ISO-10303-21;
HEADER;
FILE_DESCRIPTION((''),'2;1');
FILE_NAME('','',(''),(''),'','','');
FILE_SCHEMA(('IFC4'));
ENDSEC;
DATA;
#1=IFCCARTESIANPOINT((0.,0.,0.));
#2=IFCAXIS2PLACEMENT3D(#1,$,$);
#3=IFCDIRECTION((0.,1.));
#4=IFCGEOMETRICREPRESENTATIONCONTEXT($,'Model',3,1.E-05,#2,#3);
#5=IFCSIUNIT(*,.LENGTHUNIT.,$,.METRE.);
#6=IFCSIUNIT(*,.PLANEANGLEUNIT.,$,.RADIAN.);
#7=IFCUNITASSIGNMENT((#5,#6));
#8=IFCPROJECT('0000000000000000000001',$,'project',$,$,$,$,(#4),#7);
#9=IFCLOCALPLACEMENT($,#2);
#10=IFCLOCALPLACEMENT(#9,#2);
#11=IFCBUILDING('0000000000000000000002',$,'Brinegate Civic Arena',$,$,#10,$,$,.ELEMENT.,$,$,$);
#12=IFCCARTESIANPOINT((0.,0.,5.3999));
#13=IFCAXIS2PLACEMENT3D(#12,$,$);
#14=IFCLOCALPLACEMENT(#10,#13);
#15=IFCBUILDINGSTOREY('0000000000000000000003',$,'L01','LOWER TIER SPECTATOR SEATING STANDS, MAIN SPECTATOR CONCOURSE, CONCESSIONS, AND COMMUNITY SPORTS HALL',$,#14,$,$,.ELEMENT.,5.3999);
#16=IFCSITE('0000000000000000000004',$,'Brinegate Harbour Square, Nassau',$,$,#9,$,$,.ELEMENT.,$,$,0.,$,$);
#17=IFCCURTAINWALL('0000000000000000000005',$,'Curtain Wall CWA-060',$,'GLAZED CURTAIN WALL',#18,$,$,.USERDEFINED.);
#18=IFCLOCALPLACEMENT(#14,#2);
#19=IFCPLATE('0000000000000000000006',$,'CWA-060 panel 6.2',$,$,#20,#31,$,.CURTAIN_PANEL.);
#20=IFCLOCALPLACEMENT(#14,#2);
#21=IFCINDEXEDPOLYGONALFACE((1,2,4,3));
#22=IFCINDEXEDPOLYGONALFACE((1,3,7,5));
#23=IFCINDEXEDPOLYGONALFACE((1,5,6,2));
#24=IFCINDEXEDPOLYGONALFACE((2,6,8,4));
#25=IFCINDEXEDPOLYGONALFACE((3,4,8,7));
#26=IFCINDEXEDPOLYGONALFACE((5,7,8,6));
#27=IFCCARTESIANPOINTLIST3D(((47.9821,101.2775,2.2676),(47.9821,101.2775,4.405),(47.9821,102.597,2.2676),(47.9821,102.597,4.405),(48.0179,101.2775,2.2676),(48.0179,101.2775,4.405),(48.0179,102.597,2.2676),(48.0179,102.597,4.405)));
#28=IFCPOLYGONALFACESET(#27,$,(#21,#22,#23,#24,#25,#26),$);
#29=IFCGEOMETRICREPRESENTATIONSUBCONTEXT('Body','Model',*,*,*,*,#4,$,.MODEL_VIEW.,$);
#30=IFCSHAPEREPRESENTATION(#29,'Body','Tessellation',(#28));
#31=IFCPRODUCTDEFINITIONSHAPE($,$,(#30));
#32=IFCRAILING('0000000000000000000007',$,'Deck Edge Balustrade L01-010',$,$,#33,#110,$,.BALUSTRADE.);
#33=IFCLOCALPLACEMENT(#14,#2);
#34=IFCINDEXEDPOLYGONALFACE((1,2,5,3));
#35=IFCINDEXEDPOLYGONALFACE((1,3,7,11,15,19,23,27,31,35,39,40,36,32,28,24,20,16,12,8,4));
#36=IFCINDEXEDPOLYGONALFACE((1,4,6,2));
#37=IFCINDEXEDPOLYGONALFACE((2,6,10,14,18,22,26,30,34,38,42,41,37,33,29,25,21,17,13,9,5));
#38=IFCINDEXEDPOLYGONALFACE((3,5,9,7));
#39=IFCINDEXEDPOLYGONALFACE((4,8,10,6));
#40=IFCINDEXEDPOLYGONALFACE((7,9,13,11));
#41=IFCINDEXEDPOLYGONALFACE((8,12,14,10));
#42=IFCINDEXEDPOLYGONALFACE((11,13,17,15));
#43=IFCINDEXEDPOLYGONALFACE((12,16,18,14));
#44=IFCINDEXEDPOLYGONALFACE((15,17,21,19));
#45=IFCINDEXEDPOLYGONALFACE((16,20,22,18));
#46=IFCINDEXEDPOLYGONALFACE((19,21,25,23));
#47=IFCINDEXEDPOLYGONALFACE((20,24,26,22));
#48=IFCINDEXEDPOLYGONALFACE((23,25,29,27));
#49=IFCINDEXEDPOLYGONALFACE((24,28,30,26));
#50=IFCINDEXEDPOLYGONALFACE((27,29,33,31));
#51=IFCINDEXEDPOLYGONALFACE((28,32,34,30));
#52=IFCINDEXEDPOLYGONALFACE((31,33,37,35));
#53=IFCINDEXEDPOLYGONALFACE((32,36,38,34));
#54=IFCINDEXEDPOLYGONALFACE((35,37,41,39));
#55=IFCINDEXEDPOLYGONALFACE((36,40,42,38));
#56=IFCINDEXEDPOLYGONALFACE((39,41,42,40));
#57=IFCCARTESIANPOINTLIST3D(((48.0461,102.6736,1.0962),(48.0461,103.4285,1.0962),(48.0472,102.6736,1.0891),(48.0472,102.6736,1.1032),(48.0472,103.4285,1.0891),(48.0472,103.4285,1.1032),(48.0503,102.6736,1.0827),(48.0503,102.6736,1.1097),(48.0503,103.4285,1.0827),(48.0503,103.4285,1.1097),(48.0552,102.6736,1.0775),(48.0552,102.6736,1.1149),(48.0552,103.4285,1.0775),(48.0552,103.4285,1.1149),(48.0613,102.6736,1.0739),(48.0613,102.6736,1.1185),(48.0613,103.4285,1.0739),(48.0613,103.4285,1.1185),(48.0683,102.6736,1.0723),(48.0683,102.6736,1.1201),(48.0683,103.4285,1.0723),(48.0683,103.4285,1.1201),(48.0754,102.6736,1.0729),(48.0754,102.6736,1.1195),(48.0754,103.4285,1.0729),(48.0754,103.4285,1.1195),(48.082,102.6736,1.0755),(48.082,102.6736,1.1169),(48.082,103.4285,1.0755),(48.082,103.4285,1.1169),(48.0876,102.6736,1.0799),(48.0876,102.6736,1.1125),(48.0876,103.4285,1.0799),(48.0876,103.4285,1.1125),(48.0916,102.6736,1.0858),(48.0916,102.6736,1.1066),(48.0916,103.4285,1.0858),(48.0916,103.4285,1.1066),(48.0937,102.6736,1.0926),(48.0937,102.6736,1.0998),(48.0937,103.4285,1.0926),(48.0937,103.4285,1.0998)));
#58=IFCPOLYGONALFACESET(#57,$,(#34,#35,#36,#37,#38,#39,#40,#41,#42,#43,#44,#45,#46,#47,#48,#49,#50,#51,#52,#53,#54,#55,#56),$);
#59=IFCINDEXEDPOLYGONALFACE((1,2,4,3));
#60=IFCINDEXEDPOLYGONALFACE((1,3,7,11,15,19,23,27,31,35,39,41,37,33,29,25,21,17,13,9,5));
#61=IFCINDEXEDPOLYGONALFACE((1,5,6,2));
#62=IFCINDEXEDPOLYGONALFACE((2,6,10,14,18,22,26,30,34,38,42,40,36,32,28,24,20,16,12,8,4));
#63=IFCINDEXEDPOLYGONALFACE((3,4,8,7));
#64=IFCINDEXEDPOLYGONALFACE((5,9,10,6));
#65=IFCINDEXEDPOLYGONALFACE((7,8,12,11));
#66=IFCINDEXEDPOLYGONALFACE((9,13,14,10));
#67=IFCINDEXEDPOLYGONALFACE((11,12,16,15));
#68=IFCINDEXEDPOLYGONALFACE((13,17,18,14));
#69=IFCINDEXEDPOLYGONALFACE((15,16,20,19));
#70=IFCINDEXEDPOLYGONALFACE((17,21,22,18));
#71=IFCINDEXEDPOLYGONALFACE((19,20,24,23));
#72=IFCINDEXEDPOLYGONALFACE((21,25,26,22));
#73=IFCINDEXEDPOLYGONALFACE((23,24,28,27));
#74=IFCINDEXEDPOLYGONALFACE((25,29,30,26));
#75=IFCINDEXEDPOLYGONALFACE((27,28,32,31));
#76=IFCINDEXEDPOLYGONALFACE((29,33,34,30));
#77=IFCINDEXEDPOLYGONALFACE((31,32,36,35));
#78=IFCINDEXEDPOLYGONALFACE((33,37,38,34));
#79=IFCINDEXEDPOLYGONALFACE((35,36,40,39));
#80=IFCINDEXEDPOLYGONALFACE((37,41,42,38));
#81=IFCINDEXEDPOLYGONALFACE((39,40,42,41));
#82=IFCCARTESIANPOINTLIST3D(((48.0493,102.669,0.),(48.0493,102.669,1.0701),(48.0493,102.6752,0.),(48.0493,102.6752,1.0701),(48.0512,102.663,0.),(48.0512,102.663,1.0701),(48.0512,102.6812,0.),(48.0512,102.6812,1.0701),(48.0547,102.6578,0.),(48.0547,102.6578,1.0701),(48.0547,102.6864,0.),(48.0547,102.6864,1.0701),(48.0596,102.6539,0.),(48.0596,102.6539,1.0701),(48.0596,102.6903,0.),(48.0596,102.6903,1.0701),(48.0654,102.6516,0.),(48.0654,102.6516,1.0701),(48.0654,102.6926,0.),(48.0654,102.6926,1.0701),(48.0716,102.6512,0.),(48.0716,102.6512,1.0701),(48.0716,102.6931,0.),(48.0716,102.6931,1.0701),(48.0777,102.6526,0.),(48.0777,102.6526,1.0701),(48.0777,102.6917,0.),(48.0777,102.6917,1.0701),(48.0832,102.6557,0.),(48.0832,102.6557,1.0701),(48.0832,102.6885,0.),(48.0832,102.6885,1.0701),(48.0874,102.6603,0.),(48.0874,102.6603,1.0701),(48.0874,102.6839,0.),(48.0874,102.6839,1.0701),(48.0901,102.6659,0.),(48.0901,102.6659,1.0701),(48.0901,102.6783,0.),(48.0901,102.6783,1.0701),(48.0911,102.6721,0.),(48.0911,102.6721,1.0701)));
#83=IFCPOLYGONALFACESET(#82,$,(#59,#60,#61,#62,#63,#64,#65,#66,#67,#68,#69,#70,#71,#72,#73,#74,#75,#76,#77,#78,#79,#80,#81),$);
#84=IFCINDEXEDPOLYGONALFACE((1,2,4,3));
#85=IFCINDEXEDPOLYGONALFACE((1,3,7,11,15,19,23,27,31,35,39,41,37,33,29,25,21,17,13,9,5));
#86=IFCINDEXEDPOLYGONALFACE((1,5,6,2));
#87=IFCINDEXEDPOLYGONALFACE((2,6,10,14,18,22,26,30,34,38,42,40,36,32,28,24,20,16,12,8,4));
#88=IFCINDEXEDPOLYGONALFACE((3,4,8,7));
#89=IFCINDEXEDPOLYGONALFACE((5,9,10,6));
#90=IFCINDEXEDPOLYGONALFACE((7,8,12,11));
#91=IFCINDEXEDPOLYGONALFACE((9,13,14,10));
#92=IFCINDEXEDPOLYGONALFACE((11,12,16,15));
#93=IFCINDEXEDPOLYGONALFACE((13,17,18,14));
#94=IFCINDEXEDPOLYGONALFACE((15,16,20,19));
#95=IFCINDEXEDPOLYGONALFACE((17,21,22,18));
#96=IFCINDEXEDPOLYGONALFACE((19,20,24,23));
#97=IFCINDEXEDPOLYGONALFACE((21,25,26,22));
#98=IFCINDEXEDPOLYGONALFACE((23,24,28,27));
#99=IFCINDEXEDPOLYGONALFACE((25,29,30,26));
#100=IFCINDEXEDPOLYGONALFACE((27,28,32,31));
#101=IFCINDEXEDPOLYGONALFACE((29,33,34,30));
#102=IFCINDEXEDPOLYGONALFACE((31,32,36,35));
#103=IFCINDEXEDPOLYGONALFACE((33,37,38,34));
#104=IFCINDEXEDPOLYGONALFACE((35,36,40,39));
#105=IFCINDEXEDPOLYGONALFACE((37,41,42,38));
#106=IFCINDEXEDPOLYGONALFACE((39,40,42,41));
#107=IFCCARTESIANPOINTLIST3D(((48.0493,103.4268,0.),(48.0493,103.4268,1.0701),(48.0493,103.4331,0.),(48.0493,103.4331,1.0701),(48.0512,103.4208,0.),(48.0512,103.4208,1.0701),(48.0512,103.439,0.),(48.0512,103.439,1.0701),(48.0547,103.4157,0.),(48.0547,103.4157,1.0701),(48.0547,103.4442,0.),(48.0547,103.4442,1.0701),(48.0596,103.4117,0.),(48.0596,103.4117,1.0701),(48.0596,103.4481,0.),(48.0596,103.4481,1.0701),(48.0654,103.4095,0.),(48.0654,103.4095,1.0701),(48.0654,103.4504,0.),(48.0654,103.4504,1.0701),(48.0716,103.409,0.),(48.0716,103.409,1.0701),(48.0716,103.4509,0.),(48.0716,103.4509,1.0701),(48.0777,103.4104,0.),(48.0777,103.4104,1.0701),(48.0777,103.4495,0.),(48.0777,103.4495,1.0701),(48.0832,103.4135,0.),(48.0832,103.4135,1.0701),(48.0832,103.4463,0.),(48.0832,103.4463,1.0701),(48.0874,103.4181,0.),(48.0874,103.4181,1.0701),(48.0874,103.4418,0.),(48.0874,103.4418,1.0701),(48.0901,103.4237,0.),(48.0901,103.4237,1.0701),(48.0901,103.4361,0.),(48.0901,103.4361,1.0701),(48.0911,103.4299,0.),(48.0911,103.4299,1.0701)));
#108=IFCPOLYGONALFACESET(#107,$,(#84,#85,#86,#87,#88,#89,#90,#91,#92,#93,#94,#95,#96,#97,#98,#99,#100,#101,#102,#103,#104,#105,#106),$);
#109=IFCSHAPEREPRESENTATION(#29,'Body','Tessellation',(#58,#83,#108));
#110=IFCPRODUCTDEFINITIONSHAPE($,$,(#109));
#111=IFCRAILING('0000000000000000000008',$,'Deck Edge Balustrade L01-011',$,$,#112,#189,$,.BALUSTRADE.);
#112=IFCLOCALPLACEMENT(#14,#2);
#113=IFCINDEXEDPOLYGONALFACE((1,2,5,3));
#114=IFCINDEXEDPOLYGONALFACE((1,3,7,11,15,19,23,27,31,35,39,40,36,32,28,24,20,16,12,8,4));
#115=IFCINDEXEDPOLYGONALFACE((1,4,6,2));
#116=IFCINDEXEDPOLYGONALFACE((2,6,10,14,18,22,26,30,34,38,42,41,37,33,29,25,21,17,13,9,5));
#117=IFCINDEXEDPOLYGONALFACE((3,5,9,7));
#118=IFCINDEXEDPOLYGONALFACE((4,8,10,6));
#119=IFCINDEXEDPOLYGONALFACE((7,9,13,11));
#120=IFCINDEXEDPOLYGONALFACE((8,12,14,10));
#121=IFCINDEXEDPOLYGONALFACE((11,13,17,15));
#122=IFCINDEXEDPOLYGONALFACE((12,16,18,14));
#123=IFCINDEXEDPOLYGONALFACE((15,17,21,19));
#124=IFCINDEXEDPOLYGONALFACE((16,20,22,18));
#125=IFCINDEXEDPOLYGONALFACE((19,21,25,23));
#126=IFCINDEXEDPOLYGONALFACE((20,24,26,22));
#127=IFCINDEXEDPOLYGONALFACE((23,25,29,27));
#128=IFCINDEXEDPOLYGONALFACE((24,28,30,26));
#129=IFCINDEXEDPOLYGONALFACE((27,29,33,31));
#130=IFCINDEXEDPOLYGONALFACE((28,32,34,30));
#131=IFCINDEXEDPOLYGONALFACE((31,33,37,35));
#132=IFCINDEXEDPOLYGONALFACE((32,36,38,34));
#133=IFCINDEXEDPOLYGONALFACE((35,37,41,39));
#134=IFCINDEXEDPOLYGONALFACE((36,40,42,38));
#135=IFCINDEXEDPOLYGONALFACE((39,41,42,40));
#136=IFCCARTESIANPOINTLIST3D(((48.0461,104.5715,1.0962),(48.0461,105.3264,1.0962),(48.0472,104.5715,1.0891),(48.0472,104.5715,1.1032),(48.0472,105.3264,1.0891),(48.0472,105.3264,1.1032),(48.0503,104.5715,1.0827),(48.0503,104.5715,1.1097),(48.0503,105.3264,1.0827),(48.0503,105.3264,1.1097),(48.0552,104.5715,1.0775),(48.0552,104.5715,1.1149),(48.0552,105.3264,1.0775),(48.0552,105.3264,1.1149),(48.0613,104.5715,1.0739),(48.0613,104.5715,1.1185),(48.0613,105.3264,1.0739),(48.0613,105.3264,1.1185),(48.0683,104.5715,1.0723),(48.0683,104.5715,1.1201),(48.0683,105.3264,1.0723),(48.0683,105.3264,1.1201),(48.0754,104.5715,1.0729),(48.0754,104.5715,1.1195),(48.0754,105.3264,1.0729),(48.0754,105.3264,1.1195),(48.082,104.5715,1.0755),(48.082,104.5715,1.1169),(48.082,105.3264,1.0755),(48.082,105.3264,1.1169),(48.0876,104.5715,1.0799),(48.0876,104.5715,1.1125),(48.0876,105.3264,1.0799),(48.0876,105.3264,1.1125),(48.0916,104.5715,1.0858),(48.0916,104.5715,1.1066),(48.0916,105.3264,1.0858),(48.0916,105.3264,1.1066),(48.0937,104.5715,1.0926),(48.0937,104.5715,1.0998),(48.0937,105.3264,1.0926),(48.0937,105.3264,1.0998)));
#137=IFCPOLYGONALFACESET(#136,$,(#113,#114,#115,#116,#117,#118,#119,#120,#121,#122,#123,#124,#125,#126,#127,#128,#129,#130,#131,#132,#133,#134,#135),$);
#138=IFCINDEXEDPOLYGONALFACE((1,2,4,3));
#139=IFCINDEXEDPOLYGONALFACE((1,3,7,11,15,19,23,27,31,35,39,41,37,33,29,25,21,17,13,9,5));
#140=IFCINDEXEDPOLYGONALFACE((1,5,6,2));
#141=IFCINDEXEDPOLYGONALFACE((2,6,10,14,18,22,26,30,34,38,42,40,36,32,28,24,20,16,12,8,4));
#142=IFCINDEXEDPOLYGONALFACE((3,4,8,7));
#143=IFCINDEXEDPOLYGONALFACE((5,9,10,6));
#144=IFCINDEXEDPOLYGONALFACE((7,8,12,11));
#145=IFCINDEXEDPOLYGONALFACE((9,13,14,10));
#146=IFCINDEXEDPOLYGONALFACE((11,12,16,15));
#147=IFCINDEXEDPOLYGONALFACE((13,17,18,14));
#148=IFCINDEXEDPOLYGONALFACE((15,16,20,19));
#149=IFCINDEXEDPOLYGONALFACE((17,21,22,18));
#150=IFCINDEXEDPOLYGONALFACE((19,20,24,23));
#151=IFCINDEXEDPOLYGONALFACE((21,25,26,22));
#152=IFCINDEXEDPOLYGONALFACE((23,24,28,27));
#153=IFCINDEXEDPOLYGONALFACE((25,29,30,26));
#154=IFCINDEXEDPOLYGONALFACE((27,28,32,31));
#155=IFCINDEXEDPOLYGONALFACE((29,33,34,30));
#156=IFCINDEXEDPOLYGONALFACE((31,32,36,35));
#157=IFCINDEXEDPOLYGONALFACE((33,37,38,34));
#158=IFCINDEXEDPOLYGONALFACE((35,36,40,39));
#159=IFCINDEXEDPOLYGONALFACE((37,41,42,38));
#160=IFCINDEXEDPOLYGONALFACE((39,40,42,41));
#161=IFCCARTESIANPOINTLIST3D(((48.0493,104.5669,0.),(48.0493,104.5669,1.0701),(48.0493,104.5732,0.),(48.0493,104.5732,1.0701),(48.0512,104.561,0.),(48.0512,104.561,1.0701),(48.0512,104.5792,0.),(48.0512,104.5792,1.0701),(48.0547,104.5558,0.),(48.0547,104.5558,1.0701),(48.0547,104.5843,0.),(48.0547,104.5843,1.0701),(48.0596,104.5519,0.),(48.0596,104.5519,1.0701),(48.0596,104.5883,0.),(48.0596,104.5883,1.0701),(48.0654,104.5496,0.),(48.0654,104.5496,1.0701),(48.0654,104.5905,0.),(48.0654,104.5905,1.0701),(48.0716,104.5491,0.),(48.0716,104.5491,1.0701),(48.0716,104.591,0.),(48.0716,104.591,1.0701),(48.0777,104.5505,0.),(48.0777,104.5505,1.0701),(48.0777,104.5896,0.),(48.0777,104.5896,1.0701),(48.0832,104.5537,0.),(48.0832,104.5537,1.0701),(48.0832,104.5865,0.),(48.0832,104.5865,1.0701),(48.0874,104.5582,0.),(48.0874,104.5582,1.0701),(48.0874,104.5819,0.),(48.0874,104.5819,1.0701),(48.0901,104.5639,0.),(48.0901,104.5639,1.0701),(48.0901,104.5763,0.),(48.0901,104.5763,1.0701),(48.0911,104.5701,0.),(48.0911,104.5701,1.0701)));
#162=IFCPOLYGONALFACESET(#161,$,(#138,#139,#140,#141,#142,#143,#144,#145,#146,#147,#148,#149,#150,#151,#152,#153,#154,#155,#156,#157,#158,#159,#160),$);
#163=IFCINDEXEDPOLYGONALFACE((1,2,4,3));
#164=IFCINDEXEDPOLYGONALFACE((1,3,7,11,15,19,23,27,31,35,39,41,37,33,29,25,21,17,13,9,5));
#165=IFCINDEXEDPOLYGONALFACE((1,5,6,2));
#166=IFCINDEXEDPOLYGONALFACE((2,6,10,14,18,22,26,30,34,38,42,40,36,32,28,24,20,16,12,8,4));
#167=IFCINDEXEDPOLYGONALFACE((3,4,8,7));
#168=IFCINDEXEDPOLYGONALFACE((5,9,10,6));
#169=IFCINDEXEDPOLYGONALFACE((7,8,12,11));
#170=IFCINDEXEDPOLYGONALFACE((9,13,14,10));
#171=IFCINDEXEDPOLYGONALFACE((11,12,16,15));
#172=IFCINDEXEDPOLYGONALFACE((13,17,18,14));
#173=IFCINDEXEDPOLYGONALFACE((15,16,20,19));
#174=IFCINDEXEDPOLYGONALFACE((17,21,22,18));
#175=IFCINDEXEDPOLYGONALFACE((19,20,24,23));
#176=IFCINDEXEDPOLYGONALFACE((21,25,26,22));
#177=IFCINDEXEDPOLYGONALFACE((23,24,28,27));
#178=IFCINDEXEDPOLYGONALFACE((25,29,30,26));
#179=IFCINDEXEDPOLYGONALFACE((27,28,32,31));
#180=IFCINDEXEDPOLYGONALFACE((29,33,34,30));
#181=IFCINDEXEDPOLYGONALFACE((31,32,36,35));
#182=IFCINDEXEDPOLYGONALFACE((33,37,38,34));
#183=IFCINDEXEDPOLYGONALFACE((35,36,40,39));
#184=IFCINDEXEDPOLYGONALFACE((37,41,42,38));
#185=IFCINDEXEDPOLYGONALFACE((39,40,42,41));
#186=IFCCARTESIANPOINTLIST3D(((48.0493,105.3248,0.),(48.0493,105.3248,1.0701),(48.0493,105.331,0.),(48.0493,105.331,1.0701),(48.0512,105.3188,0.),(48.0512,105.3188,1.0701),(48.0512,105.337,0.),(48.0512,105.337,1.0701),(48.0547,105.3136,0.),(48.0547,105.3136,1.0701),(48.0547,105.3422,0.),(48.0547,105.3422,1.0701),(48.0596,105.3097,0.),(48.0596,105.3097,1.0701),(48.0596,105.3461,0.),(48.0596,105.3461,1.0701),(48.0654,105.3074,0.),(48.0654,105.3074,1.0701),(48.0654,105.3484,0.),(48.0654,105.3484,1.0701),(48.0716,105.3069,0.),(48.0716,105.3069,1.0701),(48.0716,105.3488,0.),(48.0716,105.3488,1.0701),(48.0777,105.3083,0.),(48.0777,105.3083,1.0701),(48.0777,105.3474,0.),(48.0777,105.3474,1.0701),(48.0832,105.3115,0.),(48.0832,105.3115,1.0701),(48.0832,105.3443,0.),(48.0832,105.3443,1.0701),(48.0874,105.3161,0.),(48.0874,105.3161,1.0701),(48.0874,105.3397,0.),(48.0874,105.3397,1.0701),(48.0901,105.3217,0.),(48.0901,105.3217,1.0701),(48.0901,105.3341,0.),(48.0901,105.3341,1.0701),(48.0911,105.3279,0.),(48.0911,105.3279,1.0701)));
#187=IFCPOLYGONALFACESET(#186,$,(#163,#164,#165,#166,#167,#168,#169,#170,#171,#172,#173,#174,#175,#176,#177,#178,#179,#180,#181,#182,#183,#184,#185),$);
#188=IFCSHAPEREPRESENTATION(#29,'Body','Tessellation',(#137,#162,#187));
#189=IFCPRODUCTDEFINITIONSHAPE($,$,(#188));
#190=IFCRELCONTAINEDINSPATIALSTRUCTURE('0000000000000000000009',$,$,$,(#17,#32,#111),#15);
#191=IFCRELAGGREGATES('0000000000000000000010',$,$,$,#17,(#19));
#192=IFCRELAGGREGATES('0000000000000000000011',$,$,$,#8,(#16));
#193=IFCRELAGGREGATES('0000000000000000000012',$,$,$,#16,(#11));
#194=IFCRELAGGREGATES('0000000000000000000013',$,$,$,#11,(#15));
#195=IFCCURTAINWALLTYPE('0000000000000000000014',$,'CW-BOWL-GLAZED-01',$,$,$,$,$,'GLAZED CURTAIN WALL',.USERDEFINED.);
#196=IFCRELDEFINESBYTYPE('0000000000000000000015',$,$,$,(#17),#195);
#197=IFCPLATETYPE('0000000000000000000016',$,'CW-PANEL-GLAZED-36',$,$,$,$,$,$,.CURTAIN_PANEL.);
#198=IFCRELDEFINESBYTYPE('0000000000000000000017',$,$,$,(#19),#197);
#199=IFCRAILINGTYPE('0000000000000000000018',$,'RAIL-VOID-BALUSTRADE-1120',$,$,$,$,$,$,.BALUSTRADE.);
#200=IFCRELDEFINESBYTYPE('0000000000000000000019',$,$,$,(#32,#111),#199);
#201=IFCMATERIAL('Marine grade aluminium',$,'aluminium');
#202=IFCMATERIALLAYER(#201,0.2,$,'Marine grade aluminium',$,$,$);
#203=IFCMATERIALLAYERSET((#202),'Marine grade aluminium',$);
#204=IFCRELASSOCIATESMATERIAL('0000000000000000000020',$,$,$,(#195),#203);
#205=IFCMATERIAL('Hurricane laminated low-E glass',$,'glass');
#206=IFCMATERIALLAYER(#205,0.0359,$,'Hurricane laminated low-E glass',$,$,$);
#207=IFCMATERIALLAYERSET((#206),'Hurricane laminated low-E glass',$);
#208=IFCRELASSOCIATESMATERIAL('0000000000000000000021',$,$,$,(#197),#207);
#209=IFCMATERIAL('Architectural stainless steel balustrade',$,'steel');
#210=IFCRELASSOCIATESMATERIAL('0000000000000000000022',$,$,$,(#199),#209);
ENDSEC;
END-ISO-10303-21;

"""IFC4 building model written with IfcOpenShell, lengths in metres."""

from ifc_helpers import new_model, si_unit, direction, frame, origin, origin_2d, place, context, subcontext, project, spatial, rectangle, circle, extrude, material, layer, layer_set, type_object, element, aggregate, save


model = new_model("IFC4")

# Units and contexts
model_context = context("Model", 3, precision=1e-05, world=origin(), true_north=direction((0.0, 1.0)))
body_context = subcontext(model_context, "Body", "Model", "MODEL_VIEW")
ifc_project = project(units=[si_unit("LENGTHUNIT", "METRE"), si_unit("PLANEANGLEUNIT", "RADIAN")], contexts=[model_context])

# Site, building, storey
site_placement = place(None, origin())
site = spatial("IfcSite", under=ifc_project, at=site_placement, Name="Brinegate Harbour Square, Nassau", CompositionType="ELEMENT", RefElevation=0.0)
building_placement = place(site_placement, origin())
building = spatial("IfcBuilding", under=site, at=building_placement, Name="Brinegate Civic Arena", CompositionType="ELEMENT")
storey_placement = place(building_placement, frame((0.0, 0.0, 5.3999)))
storey = spatial("IfcBuildingStorey", under=building, at=storey_placement, Name="L01", Description="LOWER TIER SPECTATOR SEATING STANDS, MAIN SPECTATOR CONCOURSE, CONCESSIONS, AND COMMUNITY SPORTS HALL", CompositionType="ELEMENT", Elevation=5.3999)

# Curtain wall
ifc_material_1 = material(Name="Marine grade aluminium", Category="aluminium")
ifc_layer_1 = layer(ifc_material_1, 0.2, Name="Marine grade aluminium")
ifc_layer_set_1 = layer_set([ifc_layer_1], Name="Marine grade aluminium")
curtain_wall_type = type_object("IfcCurtainWallType", Name="CW-BOWL-GLAZED-01", ElementType="GLAZED CURTAIN WALL", PredefinedType="USERDEFINED", material=ifc_layer_set_1)
curtain_wall_1_placement = place(storey_placement, origin())
curtain_wall_1 = element("IfcCurtainWall", 1, at=curtain_wall_1_placement, inside=storey, type_object=curtain_wall_type, Name="Curtain Wall CWA-060", ObjectType="GLAZED CURTAIN WALL", PredefinedType="USERDEFINED")

# Plate
ifc_material_2 = material(Name="Hurricane laminated low-E glass", Category="glass")
ifc_layer_2 = layer(ifc_material_2, 0.0359, Name="Hurricane laminated low-E glass")
ifc_layer_set_2 = layer_set([ifc_layer_2], Name="Hurricane laminated low-E glass")
plate_type_1 = type_object("IfcPlateType", Name="CW-PANEL-GLAZED-36", PredefinedType="CURTAIN_PANEL", material=ifc_layer_set_2)
plate_1_placement = place(storey_placement, frame((48.0, 101.9373, 2.2676), z_axis=(0.0, 0.0, 1.0), x_axis=(0.0, 1.0, 0.0)))
plate_1 = element("IfcPlate", 2, at=plate_1_placement, type_object=plate_type_1, Name="CWA-060 panel 6.2", PredefinedType="CURTAIN_PANEL", context=body_context, shape_type="SweptSolid", body=[
    extrude(rectangle(XDim=1.3196, YDim=0.0359, at=origin_2d()), origin(), (0.0, 0.0, 1.0), 2.1375),
])
aggregate(curtain_wall_1, [plate_1])

# Railings
ifc_material_3 = material(Name="Architectural stainless steel balustrade", Category="steel")
railing_type = type_object("IfcRailingType", Name="RAIL-VOID-BALUSTRADE-1120", PredefinedType="BALUSTRADE", material=ifc_material_3)
for number, where, name in (
    (3, (48.0701, 102.6721, 0.0), "Deck Edge Balustrade L01-010"),
    (4, (48.0701, 104.5701, 0.0), "Deck Edge Balustrade L01-011"),
):
    element("IfcRailing", number, at=place(storey_placement, frame(where)), inside=storey, type_object=railing_type, Name=name, PredefinedType="BALUSTRADE", context=body_context, shape_type="SweptSolid", body=[
        extrude(circle(Radius=0.0239, at=origin_2d()), frame((0.0, 0.0015, 1.0962), z_axis=(0.0, 1.0, 0.0), x_axis=(-1.0, 0.0, 0.0)), (0.0, 0.0, 1.0), 0.7549),
        extrude(circle(Radius=0.021, at=origin_2d()), origin(), (0.0, 0.0, 1.0), 1.0701),
        extrude(circle(Radius=0.021, at=origin_2d()), frame((0.0, 0.7578, 0.0)), (0.0, 0.0, 1.0), 1.0701),
    ])

save(model, "model.ifc")
